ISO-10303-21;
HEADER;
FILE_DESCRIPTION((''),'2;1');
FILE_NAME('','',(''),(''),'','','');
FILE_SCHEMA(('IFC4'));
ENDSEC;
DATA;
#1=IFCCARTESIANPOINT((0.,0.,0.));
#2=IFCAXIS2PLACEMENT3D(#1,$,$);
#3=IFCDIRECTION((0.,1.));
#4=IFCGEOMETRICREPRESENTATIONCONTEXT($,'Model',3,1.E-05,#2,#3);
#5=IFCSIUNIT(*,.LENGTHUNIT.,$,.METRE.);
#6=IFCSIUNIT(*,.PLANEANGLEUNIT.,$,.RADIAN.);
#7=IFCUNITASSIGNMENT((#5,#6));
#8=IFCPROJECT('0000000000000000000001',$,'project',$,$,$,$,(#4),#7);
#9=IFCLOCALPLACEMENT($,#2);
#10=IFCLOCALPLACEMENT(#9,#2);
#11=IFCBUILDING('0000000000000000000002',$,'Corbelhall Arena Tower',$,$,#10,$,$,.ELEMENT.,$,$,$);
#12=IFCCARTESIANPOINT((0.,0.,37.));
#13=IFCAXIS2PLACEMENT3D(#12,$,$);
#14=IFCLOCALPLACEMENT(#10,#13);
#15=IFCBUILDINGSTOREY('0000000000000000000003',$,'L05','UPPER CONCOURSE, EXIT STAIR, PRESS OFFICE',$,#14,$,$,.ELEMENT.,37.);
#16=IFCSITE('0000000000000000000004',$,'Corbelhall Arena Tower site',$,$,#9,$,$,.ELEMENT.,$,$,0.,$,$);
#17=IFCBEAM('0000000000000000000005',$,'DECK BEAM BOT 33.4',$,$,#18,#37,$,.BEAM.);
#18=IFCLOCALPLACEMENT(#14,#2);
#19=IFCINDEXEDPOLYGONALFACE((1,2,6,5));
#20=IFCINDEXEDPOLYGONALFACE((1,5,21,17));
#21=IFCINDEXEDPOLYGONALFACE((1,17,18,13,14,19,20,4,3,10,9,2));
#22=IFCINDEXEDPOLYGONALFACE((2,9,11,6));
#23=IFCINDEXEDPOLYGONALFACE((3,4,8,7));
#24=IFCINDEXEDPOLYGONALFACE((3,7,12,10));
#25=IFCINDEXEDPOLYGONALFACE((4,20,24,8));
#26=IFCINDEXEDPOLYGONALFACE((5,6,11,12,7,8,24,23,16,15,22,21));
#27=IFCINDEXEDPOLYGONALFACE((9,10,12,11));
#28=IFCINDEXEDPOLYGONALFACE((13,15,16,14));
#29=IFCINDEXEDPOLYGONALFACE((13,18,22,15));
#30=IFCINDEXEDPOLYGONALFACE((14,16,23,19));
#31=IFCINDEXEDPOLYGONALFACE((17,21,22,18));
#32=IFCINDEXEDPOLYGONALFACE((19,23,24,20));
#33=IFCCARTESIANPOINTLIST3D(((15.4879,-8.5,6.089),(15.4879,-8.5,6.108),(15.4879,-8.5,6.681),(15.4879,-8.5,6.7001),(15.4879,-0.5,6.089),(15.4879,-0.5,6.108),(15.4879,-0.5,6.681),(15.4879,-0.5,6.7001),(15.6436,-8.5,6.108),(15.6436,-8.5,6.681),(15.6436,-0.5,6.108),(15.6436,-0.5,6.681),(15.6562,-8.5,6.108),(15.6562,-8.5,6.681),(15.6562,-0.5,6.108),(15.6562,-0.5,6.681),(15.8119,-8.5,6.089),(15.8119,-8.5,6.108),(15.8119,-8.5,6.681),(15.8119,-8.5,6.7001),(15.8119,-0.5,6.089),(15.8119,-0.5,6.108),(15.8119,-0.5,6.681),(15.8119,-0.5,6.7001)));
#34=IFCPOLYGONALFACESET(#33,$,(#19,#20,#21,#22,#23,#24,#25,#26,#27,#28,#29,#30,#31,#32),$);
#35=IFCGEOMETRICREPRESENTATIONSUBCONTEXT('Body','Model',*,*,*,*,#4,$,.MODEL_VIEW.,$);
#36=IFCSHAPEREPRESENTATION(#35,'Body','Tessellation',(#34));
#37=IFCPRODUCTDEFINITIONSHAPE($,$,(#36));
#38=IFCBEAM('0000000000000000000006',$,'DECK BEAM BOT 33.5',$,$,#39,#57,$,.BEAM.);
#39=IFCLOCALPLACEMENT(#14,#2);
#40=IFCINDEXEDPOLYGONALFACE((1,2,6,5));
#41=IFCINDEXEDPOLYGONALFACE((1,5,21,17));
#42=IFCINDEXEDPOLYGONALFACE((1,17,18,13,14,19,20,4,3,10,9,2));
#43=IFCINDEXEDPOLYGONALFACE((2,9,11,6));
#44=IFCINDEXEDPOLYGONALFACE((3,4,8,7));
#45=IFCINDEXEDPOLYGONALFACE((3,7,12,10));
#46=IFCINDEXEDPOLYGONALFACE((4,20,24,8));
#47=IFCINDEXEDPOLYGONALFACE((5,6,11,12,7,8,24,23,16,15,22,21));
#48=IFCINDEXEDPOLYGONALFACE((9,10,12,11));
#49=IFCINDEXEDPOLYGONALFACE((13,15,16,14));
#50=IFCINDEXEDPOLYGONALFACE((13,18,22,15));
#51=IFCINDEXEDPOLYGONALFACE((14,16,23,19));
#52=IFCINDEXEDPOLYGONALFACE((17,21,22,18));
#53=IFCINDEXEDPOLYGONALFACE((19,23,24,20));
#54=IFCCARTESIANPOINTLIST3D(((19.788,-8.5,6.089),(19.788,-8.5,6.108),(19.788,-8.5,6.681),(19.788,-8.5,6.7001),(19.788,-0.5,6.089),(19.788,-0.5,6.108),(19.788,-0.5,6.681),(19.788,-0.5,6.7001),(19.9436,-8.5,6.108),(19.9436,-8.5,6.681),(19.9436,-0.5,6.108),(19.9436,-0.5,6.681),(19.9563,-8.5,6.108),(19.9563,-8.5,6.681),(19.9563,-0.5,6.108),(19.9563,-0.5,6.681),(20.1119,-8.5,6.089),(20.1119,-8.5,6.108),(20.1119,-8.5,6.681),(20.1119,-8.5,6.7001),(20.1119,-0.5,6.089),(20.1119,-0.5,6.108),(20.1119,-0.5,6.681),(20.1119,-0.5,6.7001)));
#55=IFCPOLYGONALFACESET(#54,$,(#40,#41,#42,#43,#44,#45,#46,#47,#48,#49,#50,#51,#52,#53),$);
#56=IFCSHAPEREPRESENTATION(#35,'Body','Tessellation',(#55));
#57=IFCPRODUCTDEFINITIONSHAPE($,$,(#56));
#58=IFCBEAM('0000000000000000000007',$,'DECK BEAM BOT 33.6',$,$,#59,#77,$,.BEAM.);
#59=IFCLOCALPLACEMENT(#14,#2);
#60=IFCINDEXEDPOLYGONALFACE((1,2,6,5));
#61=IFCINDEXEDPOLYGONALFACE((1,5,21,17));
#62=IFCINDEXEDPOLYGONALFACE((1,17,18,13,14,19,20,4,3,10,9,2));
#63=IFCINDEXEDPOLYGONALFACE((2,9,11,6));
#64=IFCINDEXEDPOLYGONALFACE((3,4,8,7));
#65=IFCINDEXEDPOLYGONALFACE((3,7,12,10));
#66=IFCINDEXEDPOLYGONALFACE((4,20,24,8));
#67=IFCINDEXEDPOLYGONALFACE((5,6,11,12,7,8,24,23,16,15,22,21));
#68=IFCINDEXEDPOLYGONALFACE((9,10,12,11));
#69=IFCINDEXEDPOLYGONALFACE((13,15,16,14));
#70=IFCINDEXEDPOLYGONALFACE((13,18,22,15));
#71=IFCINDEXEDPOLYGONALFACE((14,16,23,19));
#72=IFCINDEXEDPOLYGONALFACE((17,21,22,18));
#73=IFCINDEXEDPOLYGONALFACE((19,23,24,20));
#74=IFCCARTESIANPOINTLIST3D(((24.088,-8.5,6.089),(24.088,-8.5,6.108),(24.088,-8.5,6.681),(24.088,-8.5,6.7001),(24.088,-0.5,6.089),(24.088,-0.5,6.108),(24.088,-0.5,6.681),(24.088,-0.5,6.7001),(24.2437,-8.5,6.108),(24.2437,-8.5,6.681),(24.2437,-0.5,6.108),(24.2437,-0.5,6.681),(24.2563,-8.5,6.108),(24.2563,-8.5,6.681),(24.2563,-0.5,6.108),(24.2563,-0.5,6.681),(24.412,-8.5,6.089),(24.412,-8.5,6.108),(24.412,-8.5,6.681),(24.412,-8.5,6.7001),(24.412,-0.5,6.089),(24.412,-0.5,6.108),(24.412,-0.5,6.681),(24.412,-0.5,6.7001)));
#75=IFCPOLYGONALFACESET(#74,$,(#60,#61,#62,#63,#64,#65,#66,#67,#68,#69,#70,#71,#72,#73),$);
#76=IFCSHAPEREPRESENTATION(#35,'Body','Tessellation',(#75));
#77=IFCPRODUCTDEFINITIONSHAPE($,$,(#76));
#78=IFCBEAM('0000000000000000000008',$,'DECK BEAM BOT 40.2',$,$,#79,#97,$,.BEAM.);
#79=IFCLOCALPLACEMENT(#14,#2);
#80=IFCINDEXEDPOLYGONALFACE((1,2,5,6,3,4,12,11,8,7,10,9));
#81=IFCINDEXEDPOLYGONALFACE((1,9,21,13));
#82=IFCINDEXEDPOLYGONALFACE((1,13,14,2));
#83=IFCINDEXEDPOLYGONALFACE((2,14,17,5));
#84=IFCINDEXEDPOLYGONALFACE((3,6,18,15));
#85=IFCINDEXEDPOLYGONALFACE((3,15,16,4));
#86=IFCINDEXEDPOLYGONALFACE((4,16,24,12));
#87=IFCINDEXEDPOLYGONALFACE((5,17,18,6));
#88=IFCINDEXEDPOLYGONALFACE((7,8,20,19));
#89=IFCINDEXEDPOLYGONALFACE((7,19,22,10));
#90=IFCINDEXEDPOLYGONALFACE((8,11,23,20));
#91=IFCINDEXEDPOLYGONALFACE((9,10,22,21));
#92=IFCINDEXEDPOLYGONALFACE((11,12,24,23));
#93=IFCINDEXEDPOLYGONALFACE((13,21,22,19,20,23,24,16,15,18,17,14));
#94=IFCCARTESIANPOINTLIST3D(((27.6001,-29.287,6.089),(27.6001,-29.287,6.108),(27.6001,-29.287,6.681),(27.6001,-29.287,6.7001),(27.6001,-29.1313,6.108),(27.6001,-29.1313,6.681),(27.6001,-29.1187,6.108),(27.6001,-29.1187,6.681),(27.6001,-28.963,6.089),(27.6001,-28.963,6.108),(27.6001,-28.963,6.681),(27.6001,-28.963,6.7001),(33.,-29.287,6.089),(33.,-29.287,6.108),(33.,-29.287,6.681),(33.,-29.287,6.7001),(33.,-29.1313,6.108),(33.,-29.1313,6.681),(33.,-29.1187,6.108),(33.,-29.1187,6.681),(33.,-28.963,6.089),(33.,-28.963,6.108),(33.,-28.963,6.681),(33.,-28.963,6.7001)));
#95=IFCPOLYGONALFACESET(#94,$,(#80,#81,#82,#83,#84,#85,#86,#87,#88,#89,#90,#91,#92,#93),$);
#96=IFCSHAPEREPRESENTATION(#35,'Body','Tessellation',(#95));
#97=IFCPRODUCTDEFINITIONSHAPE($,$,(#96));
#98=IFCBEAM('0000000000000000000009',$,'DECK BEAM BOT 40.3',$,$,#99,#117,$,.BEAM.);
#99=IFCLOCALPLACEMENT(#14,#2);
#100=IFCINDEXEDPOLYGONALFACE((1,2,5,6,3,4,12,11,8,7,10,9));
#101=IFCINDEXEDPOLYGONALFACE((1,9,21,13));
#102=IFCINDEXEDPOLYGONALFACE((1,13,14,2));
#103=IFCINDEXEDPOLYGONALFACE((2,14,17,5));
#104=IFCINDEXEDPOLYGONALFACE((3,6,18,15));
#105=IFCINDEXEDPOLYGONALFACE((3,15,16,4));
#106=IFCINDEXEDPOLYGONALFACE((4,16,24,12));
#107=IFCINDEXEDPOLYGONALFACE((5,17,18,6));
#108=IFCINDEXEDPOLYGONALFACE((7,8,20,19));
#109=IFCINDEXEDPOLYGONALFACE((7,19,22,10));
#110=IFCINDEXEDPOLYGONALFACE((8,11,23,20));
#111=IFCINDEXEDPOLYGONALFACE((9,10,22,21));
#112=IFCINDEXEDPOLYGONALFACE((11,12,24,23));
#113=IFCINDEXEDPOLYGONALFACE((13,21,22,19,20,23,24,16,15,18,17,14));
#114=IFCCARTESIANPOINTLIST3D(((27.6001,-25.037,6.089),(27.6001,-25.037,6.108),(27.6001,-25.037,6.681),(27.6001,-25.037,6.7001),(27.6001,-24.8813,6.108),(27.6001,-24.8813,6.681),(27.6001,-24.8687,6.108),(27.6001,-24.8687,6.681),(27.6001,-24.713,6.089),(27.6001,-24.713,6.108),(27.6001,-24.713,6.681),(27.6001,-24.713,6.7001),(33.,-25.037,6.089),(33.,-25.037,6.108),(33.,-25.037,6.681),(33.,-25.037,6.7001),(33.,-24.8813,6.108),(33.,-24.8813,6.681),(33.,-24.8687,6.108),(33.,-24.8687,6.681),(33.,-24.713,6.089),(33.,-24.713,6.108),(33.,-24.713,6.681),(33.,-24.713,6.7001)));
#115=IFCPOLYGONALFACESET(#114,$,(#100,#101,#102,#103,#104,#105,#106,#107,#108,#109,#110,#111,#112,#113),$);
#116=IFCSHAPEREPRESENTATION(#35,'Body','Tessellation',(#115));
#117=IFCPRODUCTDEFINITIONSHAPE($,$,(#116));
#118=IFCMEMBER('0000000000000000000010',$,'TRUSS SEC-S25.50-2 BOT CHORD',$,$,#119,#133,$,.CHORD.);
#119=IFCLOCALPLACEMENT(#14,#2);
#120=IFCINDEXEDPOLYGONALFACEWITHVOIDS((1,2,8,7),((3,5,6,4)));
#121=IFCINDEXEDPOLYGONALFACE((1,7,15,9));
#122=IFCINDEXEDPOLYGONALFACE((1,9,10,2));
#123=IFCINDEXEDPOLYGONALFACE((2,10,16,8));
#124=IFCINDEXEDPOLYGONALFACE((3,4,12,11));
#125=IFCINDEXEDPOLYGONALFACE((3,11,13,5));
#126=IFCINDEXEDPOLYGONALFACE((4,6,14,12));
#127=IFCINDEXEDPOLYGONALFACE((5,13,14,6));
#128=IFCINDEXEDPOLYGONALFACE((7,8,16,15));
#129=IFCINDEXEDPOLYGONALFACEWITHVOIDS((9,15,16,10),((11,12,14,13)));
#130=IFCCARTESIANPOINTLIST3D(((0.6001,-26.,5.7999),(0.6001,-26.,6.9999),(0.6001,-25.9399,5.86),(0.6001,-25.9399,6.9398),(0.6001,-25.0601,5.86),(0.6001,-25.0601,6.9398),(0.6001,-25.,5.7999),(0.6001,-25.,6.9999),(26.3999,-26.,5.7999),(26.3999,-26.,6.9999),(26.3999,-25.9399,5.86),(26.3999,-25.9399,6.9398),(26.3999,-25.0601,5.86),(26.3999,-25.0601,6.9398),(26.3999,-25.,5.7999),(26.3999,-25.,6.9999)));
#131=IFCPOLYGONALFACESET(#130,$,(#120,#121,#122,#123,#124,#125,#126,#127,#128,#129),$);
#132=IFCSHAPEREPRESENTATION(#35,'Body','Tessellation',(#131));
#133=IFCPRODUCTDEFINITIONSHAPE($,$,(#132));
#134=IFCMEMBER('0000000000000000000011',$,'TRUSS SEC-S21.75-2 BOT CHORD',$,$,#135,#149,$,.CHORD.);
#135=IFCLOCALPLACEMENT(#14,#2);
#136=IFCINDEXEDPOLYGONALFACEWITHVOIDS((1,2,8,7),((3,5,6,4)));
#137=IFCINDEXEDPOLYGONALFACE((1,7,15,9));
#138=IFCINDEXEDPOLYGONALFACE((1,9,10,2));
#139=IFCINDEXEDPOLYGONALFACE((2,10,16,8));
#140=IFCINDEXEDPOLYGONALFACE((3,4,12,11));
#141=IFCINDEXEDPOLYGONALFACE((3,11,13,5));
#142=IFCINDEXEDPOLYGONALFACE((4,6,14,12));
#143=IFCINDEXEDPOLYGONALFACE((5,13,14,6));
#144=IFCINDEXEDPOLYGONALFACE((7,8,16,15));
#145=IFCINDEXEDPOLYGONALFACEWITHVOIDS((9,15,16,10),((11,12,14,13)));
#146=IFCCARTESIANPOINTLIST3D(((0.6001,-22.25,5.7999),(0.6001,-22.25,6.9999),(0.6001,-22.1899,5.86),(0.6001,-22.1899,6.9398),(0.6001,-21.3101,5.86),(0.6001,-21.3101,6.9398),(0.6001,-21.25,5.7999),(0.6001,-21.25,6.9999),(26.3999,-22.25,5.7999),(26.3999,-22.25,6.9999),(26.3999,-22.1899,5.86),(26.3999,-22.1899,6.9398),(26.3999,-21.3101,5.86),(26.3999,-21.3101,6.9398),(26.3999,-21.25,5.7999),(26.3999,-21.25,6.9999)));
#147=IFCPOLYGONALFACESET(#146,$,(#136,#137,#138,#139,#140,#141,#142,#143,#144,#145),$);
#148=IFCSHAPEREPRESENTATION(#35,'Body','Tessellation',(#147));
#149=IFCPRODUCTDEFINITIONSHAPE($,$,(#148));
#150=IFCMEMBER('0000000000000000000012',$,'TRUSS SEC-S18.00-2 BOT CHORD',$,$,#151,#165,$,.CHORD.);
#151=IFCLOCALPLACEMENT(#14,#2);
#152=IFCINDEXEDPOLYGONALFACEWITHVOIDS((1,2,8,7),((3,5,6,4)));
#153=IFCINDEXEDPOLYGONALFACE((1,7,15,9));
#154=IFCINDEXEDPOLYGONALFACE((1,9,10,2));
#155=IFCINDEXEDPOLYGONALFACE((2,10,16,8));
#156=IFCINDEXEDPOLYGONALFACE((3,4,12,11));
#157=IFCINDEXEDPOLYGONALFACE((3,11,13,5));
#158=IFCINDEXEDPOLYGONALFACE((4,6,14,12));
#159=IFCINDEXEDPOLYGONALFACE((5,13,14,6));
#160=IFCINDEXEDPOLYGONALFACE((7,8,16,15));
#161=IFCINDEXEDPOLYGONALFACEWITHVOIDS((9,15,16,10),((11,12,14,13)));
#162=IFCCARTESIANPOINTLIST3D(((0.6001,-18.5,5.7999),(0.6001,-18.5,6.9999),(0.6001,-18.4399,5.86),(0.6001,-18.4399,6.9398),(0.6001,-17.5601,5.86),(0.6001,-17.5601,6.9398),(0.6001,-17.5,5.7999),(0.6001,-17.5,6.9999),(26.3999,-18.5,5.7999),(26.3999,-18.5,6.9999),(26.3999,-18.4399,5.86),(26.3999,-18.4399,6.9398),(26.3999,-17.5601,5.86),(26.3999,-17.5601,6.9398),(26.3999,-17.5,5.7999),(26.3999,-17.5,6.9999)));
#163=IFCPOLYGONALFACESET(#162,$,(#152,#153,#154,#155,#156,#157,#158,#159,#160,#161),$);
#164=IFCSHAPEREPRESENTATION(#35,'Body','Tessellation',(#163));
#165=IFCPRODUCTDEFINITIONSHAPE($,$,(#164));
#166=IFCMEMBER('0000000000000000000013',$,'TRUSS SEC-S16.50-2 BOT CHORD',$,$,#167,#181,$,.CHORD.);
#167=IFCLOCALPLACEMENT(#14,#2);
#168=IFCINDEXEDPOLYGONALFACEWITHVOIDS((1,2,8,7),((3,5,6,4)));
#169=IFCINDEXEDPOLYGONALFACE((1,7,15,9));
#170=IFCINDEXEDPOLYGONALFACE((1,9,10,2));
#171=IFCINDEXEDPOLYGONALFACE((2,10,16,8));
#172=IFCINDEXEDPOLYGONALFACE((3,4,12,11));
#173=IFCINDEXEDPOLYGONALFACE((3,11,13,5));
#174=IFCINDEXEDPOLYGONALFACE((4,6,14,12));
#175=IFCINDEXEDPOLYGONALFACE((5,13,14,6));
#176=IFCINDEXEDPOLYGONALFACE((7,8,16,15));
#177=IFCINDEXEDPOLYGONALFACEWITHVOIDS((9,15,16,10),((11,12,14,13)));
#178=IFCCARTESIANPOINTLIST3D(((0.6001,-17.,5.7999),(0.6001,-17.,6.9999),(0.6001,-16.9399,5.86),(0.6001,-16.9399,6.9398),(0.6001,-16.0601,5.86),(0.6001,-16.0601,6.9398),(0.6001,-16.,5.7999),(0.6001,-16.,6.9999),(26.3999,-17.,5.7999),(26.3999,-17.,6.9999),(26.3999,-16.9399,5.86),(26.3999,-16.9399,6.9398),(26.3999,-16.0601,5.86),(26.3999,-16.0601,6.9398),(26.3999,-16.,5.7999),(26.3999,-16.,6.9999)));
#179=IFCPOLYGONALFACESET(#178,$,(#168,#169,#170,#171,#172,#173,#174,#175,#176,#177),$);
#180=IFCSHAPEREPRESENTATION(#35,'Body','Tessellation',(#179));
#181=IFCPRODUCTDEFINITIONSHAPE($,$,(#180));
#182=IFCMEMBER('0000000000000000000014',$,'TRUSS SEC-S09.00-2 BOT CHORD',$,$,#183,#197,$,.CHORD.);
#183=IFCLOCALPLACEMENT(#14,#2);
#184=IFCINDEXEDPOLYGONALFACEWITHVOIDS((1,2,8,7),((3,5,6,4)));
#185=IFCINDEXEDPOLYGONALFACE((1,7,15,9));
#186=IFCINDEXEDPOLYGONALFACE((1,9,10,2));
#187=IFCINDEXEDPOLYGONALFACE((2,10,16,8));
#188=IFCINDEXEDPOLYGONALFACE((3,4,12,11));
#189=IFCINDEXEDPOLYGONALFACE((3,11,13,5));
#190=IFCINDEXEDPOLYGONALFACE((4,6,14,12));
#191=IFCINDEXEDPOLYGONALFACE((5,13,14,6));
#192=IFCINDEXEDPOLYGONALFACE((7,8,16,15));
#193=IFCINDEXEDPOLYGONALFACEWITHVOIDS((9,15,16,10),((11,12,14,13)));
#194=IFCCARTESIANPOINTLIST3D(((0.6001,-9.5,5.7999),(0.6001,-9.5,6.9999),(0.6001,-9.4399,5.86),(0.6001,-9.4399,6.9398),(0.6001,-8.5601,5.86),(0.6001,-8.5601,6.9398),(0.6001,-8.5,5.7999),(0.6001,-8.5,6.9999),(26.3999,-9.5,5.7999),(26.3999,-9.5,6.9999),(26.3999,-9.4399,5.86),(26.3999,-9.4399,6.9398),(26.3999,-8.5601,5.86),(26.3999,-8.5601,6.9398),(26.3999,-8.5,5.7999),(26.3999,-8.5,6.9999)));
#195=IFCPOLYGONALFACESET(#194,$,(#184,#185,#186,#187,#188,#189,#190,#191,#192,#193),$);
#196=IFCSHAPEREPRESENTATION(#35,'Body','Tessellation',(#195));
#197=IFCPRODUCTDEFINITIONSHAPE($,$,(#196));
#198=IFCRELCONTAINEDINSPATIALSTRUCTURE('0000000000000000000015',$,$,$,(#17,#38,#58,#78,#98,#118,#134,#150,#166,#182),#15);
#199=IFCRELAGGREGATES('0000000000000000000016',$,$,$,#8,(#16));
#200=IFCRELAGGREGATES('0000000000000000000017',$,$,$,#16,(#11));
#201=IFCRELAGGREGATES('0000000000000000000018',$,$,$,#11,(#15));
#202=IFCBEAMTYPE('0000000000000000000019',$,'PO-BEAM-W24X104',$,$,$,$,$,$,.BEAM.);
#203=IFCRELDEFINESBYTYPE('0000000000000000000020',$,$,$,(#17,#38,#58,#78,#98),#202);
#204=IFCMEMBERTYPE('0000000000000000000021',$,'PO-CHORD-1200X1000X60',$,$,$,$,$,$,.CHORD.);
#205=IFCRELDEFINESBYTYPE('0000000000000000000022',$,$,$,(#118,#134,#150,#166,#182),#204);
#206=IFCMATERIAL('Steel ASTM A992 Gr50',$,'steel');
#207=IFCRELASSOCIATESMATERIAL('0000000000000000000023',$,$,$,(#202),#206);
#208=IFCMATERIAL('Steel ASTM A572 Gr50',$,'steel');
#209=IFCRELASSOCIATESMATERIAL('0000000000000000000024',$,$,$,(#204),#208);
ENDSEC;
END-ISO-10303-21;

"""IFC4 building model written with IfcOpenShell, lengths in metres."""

from ifc_helpers import new_model, si_unit, direction, frame, origin, origin_2d, place, context, subcontext, project, spatial, hollow_rectangle, i_section, extrude, material, material_profile, profile_set, type_object, element, save


model = new_model("IFC4")

# Units and contexts
model_context = context("Model", 3, precision=1e-05, world=origin(), true_north=direction((0.0, 1.0)))
body_context = subcontext(model_context, "Body", "Model", "MODEL_VIEW")
ifc_project = project(units=[si_unit("LENGTHUNIT", "METRE"), si_unit("PLANEANGLEUNIT", "RADIAN")], contexts=[model_context])

# Site, building, storey
site_placement = place(None, origin())
site = spatial("IfcSite", under=ifc_project, at=site_placement, Name="Corbelhall Arena Tower site", CompositionType="ELEMENT", RefElevation=0.0)
building_placement = place(site_placement, origin())
building = spatial("IfcBuilding", under=site, at=building_placement, Name="Corbelhall Arena Tower", CompositionType="ELEMENT")
storey_placement = place(building_placement, frame((0.0, 0.0, 37.0)))
storey = spatial("IfcBuildingStorey", under=building, at=storey_placement, Name="L05", Description="UPPER CONCOURSE, EXIT STAIR, PRESS OFFICE", CompositionType="ELEMENT", Elevation=37.0)

# Beams
ifc_material_1 = material(Name="Steel ASTM A992 Gr50", Category="steel")
ifc_material_profile_1 = material_profile(ifc_material_1, i_section(OverallWidth=0.324, OverallDepth=0.6111, WebThickness=0.0127, FlangeThickness=0.019, at=origin_2d()))
ifc_profile_set_1 = profile_set([ifc_material_profile_1], Name="Steel ASTM A992 Gr50")
beam_type = type_object("IfcBeamType", Name="PO-BEAM-W24X104", PredefinedType="BEAM", material=ifc_profile_set_1)
for number, where, z_axis, x_axis, name in (
    (1, (15.6499, -8.5, 6.3945), (0.0, 1.0, 0.0), (-1.0, 0.0, 0.0), "DECK BEAM BOT 33.4"),
    (2, (19.95, -8.5, 6.3945), (0.0, 1.0, 0.0), (-1.0, 0.0, 0.0), "DECK BEAM BOT 33.5"),
    (3, (24.25, -8.5, 6.3945), (0.0, 1.0, 0.0), (-1.0, 0.0, 0.0), "DECK BEAM BOT 33.6"),
):
    element("IfcBeam", number, at=place(storey_placement, frame(where, z_axis=z_axis, x_axis=x_axis)), inside=storey, type_object=beam_type, Name=name, PredefinedType="BEAM", context=body_context, shape_type="SweptSolid", body=[
        extrude(i_section(OverallWidth=0.324, OverallDepth=0.6111, WebThickness=0.0127, FlangeThickness=0.019, at=origin_2d()), origin(), (0.0, 0.0, 1.0), 8.0),
    ])
for number, where, z_axis, x_axis, name in (
    (4, (27.6001, -29.125, 6.3945), (1.0, 0.0, 0.0), (0.0, 1.0, 0.0), "DECK BEAM BOT 40.2"),
    (5, (27.6001, -24.875, 6.3945), (1.0, 0.0, 0.0), (0.0, 1.0, 0.0), "DECK BEAM BOT 40.3"),
):
    element("IfcBeam", number, at=place(storey_placement, frame(where, z_axis=z_axis, x_axis=x_axis)), inside=storey, type_object=beam_type, Name=name, PredefinedType="BEAM", context=body_context, shape_type="SweptSolid", body=[
        extrude(i_section(OverallWidth=0.324, OverallDepth=0.6111, WebThickness=0.0127, FlangeThickness=0.019, at=origin_2d()), origin(), (0.0, 0.0, 1.0), 5.3999),
    ])

# Members
ifc_material_2 = material(Name="Steel ASTM A572 Gr50", Category="steel")
ifc_material_profile_2 = material_profile(ifc_material_2, hollow_rectangle(XDim=1.0, YDim=1.2, WallThickness=0.0601, at=origin_2d()))
ifc_profile_set_2 = profile_set([ifc_material_profile_2], Name="Steel ASTM A572 Gr50")
member_type = type_object("IfcMemberType", Name="PO-CHORD-1200X1000X60", PredefinedType="CHORD", material=ifc_profile_set_2)
for number, where, z_axis, x_axis, name in (
    (6, (0.6001, -25.5, 6.3999), (1.0, 0.0, 0.0), (0.0, 1.0, 0.0), "TRUSS SEC-S25.50-2 BOT CHORD"),
    (7, (0.6001, -21.75, 6.3999), (1.0, 0.0, 0.0), (0.0, 1.0, 0.0), "TRUSS SEC-S21.75-2 BOT CHORD"),
    (8, (0.6001, -18.0, 6.3999), (1.0, 0.0, 0.0), (0.0, 1.0, 0.0), "TRUSS SEC-S18.00-2 BOT CHORD"),
    (9, (0.6001, -16.5, 6.3999), (1.0, 0.0, 0.0), (0.0, 1.0, 0.0), "TRUSS SEC-S16.50-2 BOT CHORD"),
    (10, (0.6001, -9.0, 6.3999), (1.0, 0.0, 0.0), (0.0, 1.0, 0.0), "TRUSS SEC-S09.00-2 BOT CHORD"),
):
    element("IfcMember", number, at=place(storey_placement, frame(where, z_axis=z_axis, x_axis=x_axis)), inside=storey, type_object=member_type, Name=name, PredefinedType="CHORD", context=body_context, shape_type="SweptSolid", body=[
        extrude(hollow_rectangle(XDim=1.0, YDim=1.2, WallThickness=0.0601, at=origin_2d()), origin(), (0.0, 0.0, 1.0), 25.7998),
    ])

save(model, "model.ifc")
